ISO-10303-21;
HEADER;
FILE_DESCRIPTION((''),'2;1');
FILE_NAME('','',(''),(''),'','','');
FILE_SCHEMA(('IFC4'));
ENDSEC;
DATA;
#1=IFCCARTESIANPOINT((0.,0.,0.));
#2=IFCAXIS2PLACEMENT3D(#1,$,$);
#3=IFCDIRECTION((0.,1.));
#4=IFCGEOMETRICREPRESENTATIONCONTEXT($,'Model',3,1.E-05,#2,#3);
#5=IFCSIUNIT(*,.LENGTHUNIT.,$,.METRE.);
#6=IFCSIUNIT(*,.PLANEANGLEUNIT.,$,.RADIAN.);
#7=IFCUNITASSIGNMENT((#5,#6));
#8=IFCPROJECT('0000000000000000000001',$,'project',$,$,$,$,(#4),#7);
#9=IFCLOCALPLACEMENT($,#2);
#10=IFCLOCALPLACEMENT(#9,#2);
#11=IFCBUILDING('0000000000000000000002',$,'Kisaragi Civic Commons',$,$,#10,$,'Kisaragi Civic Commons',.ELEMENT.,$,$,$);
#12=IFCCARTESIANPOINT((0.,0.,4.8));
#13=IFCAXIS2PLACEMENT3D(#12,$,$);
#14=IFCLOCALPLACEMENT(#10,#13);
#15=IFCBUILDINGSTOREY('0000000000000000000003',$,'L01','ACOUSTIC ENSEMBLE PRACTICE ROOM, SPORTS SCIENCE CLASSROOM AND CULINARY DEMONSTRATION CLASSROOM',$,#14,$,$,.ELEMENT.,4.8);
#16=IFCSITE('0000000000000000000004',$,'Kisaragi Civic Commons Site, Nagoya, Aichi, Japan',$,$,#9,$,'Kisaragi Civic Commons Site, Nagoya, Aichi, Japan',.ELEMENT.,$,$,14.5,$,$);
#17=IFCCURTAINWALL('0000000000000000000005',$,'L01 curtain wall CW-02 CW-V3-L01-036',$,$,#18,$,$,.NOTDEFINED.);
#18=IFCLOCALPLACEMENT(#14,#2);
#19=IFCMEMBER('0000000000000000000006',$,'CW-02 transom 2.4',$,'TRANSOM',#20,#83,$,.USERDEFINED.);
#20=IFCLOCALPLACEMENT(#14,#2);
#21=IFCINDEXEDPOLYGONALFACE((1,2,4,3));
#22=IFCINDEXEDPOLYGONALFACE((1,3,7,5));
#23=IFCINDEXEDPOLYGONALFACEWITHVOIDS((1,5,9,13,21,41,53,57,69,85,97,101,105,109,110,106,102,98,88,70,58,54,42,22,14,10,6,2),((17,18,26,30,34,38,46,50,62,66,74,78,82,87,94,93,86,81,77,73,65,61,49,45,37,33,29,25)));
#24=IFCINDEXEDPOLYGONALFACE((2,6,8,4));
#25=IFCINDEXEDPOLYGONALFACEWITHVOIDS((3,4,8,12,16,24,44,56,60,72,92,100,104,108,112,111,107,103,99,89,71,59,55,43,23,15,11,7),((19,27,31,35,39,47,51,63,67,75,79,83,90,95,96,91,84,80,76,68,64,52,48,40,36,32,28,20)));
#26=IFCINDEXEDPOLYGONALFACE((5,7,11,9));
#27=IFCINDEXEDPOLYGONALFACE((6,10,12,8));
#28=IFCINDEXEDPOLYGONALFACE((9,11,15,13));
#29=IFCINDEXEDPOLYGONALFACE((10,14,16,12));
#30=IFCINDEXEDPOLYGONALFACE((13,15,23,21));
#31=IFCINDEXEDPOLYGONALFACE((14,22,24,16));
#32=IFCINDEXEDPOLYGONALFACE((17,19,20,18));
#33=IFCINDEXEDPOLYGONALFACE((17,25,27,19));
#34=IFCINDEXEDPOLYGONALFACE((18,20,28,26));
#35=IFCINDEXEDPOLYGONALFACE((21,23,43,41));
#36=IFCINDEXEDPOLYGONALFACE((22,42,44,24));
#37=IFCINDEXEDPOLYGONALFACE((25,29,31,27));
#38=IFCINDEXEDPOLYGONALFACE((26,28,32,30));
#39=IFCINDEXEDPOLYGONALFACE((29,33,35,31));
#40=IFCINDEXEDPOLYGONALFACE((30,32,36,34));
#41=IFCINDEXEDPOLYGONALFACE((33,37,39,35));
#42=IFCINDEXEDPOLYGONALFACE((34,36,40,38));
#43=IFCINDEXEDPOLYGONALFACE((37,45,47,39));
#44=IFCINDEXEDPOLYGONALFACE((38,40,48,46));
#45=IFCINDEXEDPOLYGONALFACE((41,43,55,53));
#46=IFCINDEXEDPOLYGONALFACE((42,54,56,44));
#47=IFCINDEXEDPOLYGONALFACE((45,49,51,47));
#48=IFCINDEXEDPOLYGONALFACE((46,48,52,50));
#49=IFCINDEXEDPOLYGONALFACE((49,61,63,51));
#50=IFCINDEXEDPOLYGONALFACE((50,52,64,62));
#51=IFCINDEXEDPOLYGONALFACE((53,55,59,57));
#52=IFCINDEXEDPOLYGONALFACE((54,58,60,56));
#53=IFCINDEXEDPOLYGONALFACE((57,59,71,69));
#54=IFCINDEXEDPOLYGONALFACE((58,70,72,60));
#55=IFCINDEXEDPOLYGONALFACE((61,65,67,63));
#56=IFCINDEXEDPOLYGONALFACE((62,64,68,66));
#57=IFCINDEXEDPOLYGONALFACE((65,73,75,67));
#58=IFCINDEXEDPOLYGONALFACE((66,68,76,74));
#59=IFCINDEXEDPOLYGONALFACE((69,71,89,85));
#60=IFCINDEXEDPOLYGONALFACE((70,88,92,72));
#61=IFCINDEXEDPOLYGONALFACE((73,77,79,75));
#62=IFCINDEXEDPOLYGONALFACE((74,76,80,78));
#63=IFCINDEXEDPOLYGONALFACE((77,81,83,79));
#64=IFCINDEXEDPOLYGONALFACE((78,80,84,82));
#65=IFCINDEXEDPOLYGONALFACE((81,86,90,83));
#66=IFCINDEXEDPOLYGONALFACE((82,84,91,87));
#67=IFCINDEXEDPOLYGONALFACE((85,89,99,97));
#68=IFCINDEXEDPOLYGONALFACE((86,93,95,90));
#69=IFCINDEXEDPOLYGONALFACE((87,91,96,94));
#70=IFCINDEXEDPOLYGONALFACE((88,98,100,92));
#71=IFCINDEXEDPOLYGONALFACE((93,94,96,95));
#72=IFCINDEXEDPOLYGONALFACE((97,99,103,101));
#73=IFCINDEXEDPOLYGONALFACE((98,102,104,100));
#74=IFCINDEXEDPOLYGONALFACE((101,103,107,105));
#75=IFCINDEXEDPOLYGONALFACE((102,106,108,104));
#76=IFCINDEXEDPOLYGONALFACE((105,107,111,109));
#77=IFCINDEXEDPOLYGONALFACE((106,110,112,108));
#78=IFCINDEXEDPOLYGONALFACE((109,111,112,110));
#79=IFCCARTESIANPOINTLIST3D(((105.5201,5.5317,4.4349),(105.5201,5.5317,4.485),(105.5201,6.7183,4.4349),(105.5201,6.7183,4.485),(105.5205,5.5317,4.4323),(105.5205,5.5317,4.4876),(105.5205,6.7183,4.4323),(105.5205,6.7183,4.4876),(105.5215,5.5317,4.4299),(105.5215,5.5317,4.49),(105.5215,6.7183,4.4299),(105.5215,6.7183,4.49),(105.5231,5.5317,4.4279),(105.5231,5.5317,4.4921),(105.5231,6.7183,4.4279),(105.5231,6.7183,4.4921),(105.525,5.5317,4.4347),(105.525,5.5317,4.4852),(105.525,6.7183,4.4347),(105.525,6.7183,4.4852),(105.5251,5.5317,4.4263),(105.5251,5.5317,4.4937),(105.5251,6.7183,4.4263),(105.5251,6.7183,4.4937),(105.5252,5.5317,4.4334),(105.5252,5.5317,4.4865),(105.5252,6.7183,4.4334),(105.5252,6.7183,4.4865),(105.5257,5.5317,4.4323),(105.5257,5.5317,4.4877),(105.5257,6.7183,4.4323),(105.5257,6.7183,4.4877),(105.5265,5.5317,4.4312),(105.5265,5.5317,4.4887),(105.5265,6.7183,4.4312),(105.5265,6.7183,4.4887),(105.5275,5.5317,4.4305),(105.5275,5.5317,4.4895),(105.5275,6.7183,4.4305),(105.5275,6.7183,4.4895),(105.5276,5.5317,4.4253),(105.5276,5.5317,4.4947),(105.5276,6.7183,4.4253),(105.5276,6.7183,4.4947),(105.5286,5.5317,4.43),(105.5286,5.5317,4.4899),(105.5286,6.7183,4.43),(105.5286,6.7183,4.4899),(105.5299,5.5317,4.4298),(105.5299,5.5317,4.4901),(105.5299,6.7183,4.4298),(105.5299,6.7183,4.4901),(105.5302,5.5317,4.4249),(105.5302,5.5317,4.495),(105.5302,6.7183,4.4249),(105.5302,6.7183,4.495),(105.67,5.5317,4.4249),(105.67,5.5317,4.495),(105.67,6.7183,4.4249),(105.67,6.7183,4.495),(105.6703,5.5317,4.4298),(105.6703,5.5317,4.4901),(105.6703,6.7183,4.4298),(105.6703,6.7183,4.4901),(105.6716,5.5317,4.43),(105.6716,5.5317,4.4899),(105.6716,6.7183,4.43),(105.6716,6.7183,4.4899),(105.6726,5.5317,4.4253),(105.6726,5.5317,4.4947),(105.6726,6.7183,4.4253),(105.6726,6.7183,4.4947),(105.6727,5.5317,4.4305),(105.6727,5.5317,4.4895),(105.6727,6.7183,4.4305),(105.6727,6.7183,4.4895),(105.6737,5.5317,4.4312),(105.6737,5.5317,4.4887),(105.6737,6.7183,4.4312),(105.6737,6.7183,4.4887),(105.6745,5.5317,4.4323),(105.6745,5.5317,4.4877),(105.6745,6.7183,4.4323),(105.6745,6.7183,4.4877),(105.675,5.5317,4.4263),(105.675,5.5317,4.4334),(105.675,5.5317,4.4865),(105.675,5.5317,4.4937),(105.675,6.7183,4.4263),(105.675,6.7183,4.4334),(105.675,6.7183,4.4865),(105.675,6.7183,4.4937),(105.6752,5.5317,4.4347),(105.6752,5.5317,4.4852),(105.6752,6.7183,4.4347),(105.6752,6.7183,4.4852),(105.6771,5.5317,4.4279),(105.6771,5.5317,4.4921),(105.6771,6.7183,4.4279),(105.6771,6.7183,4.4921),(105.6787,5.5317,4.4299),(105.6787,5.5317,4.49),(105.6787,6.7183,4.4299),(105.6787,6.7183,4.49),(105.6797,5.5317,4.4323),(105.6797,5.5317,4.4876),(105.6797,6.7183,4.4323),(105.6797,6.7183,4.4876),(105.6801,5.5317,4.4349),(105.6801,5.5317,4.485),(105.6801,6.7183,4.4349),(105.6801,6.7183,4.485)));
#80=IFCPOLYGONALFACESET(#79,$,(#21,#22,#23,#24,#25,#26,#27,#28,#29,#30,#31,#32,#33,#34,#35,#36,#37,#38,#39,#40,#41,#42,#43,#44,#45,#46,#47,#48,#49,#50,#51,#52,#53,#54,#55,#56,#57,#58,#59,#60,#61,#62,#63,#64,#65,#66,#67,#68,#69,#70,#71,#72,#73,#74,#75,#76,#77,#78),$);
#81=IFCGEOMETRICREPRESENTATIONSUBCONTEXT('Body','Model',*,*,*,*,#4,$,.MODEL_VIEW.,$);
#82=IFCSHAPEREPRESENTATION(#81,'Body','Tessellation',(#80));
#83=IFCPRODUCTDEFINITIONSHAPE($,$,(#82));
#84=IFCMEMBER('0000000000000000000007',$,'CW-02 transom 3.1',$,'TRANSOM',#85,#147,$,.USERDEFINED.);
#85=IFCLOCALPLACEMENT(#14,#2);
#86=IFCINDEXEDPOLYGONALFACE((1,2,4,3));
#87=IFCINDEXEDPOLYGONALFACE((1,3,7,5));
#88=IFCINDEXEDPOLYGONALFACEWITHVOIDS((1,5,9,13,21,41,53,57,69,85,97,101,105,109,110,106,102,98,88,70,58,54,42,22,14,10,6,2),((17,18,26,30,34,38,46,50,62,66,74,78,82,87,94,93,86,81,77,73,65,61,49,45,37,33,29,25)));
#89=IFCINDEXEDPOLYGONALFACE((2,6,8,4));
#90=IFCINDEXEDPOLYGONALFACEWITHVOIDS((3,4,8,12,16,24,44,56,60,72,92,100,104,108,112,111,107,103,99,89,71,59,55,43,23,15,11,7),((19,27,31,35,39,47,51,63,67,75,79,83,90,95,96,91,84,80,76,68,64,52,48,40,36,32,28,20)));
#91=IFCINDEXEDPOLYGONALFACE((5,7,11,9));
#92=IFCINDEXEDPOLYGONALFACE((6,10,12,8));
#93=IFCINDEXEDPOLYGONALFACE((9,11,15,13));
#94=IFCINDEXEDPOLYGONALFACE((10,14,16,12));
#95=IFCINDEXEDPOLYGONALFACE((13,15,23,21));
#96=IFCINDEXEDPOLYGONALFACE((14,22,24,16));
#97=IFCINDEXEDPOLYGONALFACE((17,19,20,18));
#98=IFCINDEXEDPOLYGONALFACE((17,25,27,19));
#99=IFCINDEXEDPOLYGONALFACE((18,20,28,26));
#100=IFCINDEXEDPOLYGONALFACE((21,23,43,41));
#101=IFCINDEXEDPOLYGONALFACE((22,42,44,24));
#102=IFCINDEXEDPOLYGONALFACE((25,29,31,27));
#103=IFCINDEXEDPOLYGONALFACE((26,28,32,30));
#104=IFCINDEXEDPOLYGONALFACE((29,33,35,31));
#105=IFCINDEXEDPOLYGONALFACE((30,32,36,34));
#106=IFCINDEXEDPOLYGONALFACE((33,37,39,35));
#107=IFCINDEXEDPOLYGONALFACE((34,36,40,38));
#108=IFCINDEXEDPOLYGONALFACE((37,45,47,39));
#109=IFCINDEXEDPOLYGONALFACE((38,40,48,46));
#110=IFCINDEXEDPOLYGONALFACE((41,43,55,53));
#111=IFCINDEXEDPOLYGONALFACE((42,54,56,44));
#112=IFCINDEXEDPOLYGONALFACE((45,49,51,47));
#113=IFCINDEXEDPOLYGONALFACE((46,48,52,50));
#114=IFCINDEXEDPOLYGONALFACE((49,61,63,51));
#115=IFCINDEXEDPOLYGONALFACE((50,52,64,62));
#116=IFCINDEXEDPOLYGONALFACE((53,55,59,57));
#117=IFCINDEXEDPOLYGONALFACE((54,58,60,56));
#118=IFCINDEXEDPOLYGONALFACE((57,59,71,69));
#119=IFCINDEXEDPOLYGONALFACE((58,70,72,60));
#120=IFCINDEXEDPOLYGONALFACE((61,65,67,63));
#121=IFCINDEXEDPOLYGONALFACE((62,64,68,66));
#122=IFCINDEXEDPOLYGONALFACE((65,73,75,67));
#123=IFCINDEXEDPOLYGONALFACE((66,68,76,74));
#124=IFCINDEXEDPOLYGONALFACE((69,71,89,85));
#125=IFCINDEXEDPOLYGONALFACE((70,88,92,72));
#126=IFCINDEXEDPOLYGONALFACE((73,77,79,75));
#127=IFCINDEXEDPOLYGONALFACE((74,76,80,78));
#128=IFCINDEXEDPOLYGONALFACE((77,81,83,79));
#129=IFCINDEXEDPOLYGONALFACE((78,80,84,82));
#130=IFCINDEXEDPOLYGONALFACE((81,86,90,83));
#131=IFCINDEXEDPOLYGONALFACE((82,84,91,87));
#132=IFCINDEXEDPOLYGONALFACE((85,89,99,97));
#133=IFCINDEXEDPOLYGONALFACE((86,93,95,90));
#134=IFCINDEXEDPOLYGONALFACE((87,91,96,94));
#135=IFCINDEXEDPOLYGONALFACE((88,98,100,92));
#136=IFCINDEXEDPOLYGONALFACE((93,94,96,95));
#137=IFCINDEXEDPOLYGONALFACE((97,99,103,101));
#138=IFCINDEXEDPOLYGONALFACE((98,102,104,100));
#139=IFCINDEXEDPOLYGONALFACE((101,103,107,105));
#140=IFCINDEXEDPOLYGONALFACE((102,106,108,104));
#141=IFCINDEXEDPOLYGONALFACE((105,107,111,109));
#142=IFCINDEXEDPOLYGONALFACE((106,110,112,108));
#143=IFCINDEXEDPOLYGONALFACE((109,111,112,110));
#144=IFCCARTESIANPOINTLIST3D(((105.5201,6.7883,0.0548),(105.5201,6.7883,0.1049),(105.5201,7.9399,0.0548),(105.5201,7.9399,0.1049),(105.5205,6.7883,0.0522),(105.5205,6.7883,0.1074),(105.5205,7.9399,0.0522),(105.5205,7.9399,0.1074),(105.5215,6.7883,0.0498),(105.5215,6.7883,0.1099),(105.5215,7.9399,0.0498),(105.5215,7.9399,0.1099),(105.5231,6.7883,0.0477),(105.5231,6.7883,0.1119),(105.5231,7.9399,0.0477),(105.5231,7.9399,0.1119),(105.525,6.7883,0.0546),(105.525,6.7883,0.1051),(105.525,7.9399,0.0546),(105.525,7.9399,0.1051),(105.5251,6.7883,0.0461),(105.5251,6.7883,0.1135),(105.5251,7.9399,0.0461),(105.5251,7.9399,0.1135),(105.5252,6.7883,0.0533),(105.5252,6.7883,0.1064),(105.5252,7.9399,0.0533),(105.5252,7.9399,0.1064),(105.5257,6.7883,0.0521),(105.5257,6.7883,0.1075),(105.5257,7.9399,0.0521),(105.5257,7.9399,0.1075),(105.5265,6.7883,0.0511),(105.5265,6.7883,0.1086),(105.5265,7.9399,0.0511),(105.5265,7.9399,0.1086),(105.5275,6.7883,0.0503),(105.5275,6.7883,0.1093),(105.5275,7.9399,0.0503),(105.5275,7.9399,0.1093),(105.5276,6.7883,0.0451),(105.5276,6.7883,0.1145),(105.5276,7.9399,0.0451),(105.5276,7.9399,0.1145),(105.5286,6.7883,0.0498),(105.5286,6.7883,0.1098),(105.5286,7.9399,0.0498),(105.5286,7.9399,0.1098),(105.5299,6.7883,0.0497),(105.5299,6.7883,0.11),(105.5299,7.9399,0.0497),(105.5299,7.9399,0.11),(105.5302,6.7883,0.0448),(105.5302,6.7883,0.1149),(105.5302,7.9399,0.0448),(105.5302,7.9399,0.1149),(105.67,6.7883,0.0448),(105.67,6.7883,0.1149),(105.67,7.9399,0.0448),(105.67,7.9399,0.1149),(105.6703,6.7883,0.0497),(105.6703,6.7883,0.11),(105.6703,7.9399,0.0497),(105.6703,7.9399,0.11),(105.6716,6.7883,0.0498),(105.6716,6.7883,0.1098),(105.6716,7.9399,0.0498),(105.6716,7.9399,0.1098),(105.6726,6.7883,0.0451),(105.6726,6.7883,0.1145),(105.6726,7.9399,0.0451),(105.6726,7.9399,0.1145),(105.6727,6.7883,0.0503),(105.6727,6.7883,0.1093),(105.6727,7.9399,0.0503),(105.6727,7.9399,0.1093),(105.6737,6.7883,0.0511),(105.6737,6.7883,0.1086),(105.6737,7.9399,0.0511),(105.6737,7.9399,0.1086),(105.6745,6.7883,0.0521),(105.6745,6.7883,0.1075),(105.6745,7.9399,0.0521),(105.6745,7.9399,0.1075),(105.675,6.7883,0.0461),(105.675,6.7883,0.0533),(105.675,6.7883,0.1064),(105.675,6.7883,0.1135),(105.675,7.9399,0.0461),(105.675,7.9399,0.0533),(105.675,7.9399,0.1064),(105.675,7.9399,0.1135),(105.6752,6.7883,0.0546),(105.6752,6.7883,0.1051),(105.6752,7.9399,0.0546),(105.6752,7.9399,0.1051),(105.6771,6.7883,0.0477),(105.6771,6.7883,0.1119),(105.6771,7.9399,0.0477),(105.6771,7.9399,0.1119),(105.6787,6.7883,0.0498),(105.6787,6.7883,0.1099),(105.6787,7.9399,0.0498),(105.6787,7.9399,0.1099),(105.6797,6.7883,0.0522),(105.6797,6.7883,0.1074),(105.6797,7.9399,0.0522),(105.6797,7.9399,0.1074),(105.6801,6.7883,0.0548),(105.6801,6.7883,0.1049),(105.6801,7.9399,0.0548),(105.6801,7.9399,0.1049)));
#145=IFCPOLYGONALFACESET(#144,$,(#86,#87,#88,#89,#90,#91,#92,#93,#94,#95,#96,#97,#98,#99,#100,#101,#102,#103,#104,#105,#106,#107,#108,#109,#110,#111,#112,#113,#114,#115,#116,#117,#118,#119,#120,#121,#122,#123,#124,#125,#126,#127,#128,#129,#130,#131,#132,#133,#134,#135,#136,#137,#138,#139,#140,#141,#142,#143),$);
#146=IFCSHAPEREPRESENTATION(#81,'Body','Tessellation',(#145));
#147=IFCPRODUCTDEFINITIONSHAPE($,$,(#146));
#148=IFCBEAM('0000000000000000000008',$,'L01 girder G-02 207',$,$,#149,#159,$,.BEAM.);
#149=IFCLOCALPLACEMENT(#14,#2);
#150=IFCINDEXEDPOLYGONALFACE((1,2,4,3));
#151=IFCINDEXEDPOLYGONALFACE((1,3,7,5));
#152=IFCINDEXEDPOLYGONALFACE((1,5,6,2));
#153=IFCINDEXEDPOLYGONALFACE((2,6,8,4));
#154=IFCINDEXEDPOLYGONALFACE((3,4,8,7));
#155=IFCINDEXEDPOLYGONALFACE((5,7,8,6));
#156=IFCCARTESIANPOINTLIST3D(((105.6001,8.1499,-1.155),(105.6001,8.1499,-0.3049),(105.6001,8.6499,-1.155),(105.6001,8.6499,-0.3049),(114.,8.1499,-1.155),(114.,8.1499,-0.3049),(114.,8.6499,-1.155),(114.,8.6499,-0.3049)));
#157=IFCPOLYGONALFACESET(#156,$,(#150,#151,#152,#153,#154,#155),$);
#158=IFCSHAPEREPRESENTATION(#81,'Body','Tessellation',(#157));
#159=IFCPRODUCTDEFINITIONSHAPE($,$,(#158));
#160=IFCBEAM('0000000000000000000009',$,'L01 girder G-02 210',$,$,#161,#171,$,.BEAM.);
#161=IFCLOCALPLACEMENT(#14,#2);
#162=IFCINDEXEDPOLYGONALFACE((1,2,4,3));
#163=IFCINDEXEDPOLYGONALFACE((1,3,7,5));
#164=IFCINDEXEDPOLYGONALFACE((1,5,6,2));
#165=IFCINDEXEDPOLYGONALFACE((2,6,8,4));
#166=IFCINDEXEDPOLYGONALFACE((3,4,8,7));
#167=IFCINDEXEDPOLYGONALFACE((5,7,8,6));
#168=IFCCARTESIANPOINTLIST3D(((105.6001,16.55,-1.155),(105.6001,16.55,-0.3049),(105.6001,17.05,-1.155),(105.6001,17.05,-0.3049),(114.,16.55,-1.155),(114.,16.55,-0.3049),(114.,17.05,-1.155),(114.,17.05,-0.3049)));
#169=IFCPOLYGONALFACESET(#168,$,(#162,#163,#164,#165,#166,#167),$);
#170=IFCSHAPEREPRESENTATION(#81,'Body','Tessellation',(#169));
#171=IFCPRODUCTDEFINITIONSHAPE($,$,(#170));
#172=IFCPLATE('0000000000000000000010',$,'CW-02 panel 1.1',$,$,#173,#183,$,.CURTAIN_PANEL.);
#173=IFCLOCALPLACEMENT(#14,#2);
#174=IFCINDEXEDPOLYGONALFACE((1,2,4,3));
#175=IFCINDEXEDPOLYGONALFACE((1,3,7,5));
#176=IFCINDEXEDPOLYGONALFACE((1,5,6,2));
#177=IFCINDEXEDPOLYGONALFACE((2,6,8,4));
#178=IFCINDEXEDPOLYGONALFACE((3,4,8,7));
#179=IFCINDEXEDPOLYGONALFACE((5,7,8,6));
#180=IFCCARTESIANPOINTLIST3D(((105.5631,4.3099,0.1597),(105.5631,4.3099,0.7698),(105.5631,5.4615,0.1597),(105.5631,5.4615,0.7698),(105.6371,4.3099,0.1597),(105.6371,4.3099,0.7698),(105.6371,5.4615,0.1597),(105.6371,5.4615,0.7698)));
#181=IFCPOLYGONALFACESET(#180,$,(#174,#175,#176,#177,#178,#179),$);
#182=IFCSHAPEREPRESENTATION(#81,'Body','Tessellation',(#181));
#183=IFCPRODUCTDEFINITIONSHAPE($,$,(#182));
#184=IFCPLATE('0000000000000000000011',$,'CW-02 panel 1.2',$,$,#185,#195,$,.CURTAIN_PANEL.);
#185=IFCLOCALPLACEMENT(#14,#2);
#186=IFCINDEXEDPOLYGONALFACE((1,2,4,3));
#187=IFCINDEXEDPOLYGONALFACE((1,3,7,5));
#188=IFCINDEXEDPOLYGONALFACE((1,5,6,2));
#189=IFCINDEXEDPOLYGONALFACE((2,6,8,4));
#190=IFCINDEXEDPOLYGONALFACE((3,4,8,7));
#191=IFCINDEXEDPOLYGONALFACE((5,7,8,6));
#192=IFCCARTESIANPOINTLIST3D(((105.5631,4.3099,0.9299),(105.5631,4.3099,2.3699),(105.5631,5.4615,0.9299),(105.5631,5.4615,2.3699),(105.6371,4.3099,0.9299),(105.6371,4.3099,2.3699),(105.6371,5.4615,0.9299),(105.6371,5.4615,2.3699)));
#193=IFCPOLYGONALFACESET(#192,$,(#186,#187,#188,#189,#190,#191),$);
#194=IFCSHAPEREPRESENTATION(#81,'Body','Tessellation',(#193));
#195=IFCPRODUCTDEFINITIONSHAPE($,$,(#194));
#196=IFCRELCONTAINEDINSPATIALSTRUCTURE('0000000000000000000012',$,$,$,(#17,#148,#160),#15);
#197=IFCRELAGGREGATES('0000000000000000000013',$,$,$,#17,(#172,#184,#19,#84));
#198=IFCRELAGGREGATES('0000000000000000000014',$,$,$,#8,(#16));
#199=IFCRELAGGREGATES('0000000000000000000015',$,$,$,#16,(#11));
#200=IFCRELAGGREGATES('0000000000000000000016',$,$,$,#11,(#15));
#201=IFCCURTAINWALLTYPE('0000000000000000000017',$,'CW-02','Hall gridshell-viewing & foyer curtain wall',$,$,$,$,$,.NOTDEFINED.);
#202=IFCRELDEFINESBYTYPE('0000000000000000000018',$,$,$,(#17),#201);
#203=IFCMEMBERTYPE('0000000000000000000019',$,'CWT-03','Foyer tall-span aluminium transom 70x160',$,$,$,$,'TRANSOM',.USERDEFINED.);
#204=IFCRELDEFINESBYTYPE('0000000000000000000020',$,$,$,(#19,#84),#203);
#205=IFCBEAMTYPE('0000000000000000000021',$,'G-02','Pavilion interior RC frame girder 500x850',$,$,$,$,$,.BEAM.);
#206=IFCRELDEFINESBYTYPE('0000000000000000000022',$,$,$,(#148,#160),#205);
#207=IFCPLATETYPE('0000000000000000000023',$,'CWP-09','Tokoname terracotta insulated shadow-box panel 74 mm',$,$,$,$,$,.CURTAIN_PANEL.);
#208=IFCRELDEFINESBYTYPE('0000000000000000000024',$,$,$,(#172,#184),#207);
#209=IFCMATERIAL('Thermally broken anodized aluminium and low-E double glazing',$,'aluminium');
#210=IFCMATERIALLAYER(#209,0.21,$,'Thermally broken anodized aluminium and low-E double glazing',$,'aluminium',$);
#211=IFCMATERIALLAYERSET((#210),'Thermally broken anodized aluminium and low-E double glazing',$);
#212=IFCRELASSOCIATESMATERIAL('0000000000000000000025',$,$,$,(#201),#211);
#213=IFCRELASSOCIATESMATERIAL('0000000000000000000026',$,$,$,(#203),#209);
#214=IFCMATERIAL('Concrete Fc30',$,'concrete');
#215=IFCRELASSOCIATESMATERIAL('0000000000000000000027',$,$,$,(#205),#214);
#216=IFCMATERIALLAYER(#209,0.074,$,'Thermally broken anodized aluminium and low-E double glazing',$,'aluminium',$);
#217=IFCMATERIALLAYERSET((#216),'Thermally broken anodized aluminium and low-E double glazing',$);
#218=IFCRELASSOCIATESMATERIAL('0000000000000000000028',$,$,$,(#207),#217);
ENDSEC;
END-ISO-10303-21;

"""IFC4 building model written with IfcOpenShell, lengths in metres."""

from ifc_helpers import new_model, si_unit, direction, frame, origin, origin_2d, place, context, subcontext, project, spatial, rectangle, hollow_rectangle, extrude, material, layer, layer_set, material_profile, profile_set, type_object, element, aggregate, save


model = new_model("IFC4")

# Units and contexts
model_context = context("Model", 3, precision=1e-05, world=origin(), true_north=direction((0.0, 1.0)))
body_context = subcontext(model_context, "Body", "Model", "MODEL_VIEW")
ifc_project = project(units=[si_unit("LENGTHUNIT", "METRE"), si_unit("PLANEANGLEUNIT", "RADIAN")], contexts=[model_context])

# Site, building, storey
site_placement = place(None, origin())
site = spatial("IfcSite", under=ifc_project, at=site_placement, Name="Kisaragi Civic Commons Site, Nagoya, Aichi, Japan", LongName="Kisaragi Civic Commons Site, Nagoya, Aichi, Japan", CompositionType="ELEMENT", RefElevation=14.5)
building_placement = place(site_placement, origin())
building = spatial("IfcBuilding", under=site, at=building_placement, Name="Kisaragi Civic Commons", LongName="Kisaragi Civic Commons", CompositionType="ELEMENT")
storey_placement = place(building_placement, frame((0.0, 0.0, 4.8)))
storey = spatial("IfcBuildingStorey", under=building, at=storey_placement, Name="L01", Description="ACOUSTIC ENSEMBLE PRACTICE ROOM, SPORTS SCIENCE CLASSROOM AND CULINARY DEMONSTRATION CLASSROOM", CompositionType="ELEMENT", Elevation=4.8)

# Curtain wall, members
ifc_material_1 = material(Name="Thermally broken anodized aluminium and low-E double glazing", Category="aluminium")
ifc_layer_1 = layer(ifc_material_1, 0.21, Name="Thermally broken anodized aluminium and low-E double glazing", Category="aluminium")
ifc_layer_set_1 = layer_set([ifc_layer_1], Name="Thermally broken anodized aluminium and low-E double glazing")
curtain_wall_type = type_object("IfcCurtainWallType", Name="CW-02", Description="Hall gridshell-viewing & foyer curtain wall", PredefinedType="NOTDEFINED", material=ifc_layer_set_1)
curtain_wall_placement = place(storey_placement, origin())
curtain_wall = element("IfcCurtainWall", 1, at=curtain_wall_placement, inside=storey, type_object=curtain_wall_type, Name="L01 curtain wall CW-02 CW-V3-L01-036", PredefinedType="NOTDEFINED")
ifc_material_profile_1 = material_profile(ifc_material_1, hollow_rectangle(XDim=0.1599, YDim=0.0701, WallThickness=0.0049, InnerFilletRadius=0.0049, OuterFilletRadius=0.01, at=origin_2d()), Name="CWT-70x160x5", Category="aluminium")
ifc_profile_set_1 = profile_set([ifc_material_profile_1], Name="Thermally broken anodized aluminium and low-E double glazing")
member_type_1 = type_object("IfcMemberType", Name="CWT-03", Description="Foyer tall-span aluminium transom 70x160", ElementType="TRANSOM", PredefinedType="USERDEFINED", material=ifc_profile_set_1)
member_1_placement = place(storey_placement, frame((105.6001, 5.5317, 4.46), z_axis=(0.0, 1.0, 0.0), x_axis=(-1.0, 0.0, 0.0)))
member_1 = element("IfcMember", 2, at=member_1_placement, type_object=member_type_1, Name="CW-02 transom 2.4", ObjectType="TRANSOM", PredefinedType="USERDEFINED", context=body_context, shape_type="SweptSolid", body=[
    extrude(hollow_rectangle(XDim=0.1599, YDim=0.0701, WallThickness=0.0049, InnerFilletRadius=0.0049, OuterFilletRadius=0.01, at=origin_2d()), origin(), (0.0, 0.0, 1.0), 1.1865),
])
member_2_placement = place(storey_placement, frame((105.6001, 6.7883, 0.0798), z_axis=(0.0, 1.0, 0.0), x_axis=(-1.0, 0.0, 0.0)))
member_2 = element("IfcMember", 3, at=member_2_placement, type_object=member_type_1, Name="CW-02 transom 3.1", ObjectType="TRANSOM", PredefinedType="USERDEFINED", context=body_context, shape_type="SweptSolid", body=[
    extrude(hollow_rectangle(XDim=0.1599, YDim=0.0701, WallThickness=0.0049, InnerFilletRadius=0.0049, OuterFilletRadius=0.01, at=origin_2d()), origin(), (0.0, 0.0, 1.0), 1.1516),
])

# Beams
ifc_material_2 = material(Name="Concrete Fc30", Category="concrete")
ifc_material_profile_2 = material_profile(ifc_material_2, rectangle(XDim=0.5, YDim=0.8501, at=origin_2d()), Name="RC-500x850", Category="concrete")
ifc_profile_set_2 = profile_set([ifc_material_profile_2], Name="Concrete Fc30")
beam_type_1 = type_object("IfcBeamType", Name="G-02", Description="Pavilion interior RC frame girder 500x850", PredefinedType="BEAM", material=ifc_profile_set_2)
for number, where, z_axis, x_axis, name in (
    (4, (105.6001, 8.3999, -0.73), (1.0, 0.0, 0.0), (0.0, 1.0, 0.0), "L01 girder G-02 207"),
    (5, (105.6001, 16.8, -0.73), (1.0, 0.0, 0.0), (0.0, 1.0, 0.0), "L01 girder G-02 210"),
):
    element("IfcBeam", number, at=place(storey_placement, frame(where, z_axis=z_axis, x_axis=x_axis)), inside=storey, type_object=beam_type_1, Name=name, PredefinedType="BEAM", context=body_context, shape_type="SweptSolid", body=[
        extrude(rectangle(XDim=0.5, YDim=0.8501, at=origin_2d()), origin(), (0.0, 0.0, 1.0), 8.3999),
    ])

# Plates
ifc_layer_2 = layer(ifc_material_1, 0.074, Name="Thermally broken anodized aluminium and low-E double glazing", Category="aluminium")
ifc_layer_set_2 = layer_set([ifc_layer_2], Name="Thermally broken anodized aluminium and low-E double glazing")
plate_type = type_object("IfcPlateType", Name="CWP-09", Description="Tokoname terracotta insulated shadow-box panel 74 mm", PredefinedType="CURTAIN_PANEL", material=ifc_layer_set_2)
plate_1_placement = place(storey_placement, frame((105.6001, 4.8857, 0.1597), z_axis=(0.0, 0.0, 1.0), x_axis=(0.0, 1.0, 0.0)))
plate_1 = element("IfcPlate", 6, at=plate_1_placement, type_object=plate_type, Name="CW-02 panel 1.1", PredefinedType="CURTAIN_PANEL", context=body_context, shape_type="SweptSolid", body=[
    extrude(rectangle(XDim=1.1516, YDim=0.074, at=origin_2d()), origin(), (0.0, 0.0, 1.0), 0.6101),
])
plate_2_placement = place(storey_placement, frame((105.6001, 4.8857, 0.9299), z_axis=(0.0, 0.0, 1.0), x_axis=(0.0, 1.0, 0.0)))
plate_2 = element("IfcPlate", 7, at=plate_2_placement, type_object=plate_type, Name="CW-02 panel 1.2", PredefinedType="CURTAIN_PANEL", context=body_context, shape_type="SweptSolid", body=[
    extrude(rectangle(XDim=1.1516, YDim=0.074, at=origin_2d()), origin(), (0.0, 0.0, 1.0), 1.4399),
])
aggregate(curtain_wall, [plate_1, plate_2, member_1, member_2])

save(model, "model.ifc")
